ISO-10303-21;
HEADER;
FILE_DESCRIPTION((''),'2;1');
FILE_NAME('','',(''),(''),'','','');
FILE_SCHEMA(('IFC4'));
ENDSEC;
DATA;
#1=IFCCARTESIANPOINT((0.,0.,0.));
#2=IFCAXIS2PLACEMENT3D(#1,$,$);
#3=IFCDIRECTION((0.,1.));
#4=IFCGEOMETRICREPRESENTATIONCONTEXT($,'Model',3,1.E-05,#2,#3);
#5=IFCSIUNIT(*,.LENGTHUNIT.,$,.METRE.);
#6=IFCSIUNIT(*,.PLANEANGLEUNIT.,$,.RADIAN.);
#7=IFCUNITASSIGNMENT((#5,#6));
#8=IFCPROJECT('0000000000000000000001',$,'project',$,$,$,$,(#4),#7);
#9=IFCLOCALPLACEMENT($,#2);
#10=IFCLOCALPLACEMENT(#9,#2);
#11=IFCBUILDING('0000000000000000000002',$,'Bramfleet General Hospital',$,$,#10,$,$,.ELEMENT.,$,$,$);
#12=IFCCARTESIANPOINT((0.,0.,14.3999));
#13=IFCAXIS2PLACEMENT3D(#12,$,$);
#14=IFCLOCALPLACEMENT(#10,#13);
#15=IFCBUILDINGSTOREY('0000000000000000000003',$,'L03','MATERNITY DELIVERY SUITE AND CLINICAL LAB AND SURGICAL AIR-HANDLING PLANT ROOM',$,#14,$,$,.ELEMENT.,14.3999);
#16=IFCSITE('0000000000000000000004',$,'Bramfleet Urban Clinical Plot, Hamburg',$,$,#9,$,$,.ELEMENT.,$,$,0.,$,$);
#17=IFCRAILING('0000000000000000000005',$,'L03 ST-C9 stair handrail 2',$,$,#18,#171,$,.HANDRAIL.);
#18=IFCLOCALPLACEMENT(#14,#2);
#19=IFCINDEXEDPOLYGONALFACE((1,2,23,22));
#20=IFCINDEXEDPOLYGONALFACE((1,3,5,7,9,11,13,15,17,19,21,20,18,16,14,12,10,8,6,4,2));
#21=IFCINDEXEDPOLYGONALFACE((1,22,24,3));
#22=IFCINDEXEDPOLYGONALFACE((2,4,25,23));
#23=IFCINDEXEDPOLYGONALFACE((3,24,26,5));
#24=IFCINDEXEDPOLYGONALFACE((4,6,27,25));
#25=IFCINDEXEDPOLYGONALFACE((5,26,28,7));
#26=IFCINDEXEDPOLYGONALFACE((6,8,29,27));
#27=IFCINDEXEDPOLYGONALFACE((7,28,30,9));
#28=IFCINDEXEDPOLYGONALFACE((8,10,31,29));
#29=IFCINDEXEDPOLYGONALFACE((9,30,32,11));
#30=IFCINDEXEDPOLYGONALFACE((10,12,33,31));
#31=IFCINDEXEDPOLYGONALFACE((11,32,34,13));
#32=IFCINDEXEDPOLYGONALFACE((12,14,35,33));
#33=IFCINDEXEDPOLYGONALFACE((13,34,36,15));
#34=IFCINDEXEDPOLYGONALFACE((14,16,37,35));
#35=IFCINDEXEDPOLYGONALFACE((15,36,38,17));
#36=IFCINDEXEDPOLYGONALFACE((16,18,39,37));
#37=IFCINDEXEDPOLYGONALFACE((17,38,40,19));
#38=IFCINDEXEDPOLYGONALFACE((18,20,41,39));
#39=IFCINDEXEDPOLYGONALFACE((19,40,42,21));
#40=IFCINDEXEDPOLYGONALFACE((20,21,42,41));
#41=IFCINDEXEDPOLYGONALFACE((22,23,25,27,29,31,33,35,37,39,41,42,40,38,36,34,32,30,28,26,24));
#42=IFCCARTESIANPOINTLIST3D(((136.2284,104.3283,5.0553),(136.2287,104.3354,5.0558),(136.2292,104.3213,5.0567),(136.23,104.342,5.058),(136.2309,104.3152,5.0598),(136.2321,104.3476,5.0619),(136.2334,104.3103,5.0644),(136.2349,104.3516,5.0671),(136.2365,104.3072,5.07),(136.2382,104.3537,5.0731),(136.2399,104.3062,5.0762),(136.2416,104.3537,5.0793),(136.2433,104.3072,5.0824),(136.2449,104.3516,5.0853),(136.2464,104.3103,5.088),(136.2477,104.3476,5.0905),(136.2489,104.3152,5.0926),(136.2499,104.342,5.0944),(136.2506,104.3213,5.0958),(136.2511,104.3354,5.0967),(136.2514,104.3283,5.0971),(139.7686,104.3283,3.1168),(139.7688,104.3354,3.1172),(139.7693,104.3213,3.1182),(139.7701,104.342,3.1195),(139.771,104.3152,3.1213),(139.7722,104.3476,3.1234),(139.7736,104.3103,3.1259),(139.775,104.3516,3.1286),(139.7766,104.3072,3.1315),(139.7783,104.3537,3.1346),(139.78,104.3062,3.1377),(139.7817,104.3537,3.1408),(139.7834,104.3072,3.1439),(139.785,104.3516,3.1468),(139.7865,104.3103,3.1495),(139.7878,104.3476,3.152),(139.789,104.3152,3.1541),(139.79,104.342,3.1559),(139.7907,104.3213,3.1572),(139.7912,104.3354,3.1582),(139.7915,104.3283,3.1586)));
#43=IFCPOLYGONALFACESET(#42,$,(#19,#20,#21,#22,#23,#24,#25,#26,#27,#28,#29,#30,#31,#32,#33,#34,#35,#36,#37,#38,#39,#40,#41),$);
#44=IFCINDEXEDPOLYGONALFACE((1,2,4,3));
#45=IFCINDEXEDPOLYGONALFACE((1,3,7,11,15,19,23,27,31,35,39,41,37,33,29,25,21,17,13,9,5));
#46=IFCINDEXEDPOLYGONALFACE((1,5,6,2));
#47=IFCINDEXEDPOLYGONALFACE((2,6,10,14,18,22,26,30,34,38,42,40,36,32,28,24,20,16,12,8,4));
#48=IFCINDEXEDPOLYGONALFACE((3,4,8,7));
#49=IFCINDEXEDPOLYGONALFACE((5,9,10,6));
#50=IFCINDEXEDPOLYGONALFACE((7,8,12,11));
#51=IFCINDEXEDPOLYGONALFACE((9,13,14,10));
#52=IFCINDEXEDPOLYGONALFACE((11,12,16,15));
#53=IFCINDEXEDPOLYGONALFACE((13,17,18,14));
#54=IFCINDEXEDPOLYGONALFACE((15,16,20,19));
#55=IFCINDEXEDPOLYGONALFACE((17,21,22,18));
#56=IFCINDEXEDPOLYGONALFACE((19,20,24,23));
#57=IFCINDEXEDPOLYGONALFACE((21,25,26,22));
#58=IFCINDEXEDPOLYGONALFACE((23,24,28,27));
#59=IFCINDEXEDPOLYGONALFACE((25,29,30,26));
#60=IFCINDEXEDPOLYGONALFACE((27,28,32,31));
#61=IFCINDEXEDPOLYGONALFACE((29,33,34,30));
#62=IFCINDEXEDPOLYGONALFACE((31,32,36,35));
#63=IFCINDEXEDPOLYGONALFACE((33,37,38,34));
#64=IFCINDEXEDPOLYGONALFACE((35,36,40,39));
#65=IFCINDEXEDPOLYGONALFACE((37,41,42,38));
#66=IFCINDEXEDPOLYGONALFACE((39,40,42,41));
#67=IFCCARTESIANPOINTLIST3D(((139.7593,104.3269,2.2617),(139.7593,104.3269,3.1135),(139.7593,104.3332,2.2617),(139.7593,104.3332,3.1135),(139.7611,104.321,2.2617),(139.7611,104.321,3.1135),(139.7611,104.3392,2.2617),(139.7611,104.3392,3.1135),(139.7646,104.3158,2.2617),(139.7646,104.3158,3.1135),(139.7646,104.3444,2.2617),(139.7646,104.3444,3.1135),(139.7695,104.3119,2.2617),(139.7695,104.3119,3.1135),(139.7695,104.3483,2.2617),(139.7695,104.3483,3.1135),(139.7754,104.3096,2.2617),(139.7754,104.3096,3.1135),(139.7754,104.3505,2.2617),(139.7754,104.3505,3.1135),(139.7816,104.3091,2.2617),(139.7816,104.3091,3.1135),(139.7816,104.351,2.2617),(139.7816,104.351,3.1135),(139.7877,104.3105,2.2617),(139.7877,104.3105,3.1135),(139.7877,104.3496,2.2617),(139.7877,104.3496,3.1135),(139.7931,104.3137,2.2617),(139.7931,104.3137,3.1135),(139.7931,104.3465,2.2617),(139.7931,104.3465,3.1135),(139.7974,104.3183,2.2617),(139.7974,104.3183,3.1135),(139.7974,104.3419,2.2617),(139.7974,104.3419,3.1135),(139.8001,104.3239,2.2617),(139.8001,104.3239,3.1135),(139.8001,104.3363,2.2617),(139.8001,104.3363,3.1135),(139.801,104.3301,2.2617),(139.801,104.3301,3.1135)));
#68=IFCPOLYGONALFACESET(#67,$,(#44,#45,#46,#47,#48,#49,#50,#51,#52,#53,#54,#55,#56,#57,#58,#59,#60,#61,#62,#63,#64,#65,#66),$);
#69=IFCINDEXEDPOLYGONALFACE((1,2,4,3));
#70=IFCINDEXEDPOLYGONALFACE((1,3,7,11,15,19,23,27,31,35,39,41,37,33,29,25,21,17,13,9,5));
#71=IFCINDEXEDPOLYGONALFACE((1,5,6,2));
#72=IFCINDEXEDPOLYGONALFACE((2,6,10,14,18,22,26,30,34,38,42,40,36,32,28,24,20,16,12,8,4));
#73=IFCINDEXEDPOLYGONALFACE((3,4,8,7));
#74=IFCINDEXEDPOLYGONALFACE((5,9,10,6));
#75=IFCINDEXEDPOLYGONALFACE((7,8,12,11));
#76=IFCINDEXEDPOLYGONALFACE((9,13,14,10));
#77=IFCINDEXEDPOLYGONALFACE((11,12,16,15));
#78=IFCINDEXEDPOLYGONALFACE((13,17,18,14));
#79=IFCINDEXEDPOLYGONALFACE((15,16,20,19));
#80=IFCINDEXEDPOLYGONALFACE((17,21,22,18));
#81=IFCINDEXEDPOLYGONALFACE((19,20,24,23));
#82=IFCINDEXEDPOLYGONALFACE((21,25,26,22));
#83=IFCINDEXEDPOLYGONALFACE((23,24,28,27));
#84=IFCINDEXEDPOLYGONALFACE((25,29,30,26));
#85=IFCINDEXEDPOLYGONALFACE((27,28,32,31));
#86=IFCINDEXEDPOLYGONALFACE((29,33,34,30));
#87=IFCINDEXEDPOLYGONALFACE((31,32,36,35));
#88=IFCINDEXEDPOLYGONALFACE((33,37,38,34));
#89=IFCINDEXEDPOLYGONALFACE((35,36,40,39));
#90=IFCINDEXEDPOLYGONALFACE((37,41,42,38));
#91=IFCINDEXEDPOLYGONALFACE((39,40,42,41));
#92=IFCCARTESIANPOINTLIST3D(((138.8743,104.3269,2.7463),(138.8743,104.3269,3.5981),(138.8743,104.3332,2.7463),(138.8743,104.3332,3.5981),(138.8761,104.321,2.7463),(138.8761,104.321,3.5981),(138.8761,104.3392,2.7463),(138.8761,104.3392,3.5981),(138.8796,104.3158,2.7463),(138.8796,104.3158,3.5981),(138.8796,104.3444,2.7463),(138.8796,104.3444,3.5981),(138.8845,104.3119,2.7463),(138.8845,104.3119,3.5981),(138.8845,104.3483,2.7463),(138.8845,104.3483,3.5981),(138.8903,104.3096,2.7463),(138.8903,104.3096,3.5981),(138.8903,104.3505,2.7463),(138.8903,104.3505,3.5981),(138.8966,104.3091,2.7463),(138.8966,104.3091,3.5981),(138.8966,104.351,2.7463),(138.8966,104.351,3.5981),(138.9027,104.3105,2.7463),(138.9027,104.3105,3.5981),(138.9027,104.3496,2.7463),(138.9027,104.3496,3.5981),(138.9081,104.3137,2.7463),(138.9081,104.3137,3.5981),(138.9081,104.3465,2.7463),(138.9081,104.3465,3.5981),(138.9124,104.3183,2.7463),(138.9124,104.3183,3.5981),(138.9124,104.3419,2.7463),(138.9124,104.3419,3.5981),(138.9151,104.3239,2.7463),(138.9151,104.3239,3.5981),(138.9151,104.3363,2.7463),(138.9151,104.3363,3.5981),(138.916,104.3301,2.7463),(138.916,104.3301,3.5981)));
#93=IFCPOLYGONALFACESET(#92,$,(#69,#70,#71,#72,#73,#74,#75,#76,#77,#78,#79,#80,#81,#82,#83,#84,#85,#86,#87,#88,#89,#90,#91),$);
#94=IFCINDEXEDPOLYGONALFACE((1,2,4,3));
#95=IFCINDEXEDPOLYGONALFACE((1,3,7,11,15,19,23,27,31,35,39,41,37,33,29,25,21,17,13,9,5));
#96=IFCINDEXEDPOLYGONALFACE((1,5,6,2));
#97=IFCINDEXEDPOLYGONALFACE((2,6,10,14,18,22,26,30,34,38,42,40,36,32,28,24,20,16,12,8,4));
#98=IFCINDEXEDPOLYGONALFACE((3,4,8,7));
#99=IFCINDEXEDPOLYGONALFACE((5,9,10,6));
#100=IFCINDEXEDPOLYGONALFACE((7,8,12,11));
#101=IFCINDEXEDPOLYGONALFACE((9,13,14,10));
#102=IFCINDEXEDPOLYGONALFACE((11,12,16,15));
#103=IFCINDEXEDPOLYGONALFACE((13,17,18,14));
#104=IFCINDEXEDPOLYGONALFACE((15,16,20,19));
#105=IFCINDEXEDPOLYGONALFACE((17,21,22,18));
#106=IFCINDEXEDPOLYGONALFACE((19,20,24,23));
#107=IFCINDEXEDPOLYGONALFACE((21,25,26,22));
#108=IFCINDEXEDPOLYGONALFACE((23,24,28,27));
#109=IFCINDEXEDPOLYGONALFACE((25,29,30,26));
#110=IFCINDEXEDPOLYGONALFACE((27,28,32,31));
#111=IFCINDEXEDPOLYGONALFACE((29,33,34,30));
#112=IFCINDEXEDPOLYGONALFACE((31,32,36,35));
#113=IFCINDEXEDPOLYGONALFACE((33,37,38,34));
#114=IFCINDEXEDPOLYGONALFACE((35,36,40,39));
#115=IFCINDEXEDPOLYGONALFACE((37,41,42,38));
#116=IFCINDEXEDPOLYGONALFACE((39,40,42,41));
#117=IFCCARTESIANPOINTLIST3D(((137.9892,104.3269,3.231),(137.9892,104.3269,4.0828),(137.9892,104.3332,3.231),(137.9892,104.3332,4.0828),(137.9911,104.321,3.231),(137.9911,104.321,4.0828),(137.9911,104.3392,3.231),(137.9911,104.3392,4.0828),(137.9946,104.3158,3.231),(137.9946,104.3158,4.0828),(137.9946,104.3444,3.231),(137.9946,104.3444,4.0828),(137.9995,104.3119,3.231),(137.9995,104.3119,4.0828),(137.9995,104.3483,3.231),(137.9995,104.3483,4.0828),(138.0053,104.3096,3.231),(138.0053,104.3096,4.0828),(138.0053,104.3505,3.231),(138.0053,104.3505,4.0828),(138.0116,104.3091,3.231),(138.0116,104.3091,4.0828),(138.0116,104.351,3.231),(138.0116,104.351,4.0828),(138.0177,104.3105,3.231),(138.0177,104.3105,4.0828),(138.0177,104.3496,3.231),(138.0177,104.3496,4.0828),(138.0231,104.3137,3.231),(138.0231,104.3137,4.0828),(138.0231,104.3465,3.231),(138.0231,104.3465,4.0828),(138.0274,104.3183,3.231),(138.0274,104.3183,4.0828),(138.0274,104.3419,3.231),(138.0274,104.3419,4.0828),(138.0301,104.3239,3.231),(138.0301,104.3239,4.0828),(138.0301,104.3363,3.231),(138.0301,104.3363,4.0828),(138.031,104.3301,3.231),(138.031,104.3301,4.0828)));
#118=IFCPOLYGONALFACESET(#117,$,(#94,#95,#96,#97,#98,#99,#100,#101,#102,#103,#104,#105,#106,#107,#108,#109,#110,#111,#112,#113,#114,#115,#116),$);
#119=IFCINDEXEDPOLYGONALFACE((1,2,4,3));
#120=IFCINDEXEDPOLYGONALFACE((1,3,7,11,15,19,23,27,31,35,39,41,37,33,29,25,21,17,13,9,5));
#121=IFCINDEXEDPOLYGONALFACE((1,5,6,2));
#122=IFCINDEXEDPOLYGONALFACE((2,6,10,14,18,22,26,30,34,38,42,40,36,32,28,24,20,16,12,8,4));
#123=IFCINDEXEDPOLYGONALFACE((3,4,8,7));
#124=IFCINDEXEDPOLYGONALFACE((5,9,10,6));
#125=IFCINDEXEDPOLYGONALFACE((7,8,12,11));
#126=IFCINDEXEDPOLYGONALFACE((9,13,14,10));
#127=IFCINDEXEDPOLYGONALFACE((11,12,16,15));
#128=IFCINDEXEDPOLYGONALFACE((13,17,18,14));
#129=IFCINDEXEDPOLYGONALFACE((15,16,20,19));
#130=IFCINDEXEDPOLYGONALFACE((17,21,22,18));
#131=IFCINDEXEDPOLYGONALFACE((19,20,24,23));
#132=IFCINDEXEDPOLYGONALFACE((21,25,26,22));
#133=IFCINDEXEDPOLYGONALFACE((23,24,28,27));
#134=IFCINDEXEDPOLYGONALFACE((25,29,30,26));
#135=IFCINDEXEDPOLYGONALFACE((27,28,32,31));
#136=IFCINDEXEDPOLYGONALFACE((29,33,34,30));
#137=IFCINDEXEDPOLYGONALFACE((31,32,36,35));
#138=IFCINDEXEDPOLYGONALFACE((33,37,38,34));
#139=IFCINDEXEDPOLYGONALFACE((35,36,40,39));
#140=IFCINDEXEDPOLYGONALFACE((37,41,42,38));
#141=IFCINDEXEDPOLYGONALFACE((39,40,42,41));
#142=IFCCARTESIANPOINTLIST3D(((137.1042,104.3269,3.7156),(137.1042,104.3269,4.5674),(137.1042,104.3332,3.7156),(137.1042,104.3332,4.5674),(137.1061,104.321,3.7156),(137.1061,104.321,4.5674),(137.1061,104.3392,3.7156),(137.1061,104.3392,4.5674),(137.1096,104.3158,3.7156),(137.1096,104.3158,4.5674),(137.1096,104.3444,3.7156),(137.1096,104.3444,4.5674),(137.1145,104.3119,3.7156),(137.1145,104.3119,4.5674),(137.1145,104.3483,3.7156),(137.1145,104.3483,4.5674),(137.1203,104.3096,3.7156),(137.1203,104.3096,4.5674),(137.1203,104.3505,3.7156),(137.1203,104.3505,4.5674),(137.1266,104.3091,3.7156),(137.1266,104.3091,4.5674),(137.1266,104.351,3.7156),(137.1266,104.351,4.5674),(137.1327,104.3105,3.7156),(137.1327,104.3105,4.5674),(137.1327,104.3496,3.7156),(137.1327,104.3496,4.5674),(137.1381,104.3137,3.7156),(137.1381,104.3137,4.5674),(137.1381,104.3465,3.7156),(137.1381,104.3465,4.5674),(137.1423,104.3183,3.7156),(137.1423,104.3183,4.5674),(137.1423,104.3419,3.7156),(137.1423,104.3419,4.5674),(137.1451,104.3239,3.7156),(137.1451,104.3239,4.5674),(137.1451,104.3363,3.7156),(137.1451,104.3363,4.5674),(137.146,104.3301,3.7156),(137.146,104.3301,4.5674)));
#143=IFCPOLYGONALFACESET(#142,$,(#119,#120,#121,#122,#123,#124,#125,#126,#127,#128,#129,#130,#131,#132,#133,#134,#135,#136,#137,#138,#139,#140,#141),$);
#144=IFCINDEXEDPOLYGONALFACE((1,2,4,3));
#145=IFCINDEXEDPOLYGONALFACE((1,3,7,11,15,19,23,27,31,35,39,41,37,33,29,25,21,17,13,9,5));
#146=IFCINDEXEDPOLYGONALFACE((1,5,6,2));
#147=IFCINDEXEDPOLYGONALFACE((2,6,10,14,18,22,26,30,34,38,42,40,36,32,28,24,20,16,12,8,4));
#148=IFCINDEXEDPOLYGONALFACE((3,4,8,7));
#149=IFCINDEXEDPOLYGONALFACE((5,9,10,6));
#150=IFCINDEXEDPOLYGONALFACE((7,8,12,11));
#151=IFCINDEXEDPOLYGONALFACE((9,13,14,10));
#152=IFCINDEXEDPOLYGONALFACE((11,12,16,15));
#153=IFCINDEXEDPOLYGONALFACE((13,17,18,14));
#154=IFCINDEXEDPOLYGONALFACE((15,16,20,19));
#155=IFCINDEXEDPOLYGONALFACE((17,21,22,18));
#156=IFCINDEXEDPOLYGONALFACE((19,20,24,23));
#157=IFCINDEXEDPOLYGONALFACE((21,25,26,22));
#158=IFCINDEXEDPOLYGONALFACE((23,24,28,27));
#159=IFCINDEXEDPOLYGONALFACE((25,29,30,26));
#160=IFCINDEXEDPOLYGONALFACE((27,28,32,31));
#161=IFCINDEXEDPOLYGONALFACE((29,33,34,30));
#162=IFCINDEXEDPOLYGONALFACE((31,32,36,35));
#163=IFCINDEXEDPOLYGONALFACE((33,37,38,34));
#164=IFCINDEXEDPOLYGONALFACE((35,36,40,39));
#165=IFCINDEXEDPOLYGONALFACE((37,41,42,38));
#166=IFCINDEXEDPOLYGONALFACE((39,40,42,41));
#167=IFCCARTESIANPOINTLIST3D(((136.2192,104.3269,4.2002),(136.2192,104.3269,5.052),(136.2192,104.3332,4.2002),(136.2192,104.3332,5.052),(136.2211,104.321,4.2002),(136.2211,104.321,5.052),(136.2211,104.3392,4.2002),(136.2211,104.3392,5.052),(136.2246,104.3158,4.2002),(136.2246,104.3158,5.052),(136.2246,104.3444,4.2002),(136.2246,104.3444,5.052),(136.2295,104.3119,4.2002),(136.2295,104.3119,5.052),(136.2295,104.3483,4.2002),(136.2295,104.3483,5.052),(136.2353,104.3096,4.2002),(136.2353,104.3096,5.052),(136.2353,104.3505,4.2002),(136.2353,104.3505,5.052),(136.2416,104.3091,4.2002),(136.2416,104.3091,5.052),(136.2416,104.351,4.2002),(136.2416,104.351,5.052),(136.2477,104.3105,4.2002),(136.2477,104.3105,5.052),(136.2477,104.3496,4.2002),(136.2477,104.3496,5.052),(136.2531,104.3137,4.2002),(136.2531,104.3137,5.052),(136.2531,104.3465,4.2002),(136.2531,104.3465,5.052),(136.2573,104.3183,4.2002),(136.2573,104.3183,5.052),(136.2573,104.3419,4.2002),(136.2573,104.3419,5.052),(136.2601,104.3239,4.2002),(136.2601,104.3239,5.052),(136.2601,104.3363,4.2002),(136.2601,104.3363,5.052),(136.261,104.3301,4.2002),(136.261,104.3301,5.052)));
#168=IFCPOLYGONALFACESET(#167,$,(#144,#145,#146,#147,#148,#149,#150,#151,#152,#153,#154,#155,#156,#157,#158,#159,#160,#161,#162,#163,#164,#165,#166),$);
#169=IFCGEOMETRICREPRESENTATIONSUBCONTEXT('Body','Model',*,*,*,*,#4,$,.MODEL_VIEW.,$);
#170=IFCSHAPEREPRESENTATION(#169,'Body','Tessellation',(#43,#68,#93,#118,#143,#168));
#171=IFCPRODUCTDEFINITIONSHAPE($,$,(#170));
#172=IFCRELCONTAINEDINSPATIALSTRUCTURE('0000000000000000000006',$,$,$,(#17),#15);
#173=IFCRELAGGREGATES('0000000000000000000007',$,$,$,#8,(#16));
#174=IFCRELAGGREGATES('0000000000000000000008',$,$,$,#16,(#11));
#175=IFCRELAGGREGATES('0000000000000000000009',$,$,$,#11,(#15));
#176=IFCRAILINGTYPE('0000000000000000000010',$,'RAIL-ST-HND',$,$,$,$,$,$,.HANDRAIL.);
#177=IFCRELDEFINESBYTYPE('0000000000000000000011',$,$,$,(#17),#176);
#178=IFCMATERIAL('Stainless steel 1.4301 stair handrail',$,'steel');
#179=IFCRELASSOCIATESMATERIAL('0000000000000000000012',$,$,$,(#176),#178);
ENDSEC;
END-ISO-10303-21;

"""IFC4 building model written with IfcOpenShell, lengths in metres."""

from ifc_helpers import new_model, si_unit, direction, frame, origin, origin_2d, place, context, subcontext, project, spatial, circle, extrude, material, type_object, element, save


model = new_model("IFC4")

# Units and contexts
model_context = context("Model", 3, precision=1e-05, world=origin(), true_north=direction((0.0, 1.0)))
body_context = subcontext(model_context, "Body", "Model", "MODEL_VIEW")
ifc_project = project(units=[si_unit("LENGTHUNIT", "METRE"), si_unit("PLANEANGLEUNIT", "RADIAN")], contexts=[model_context])

# Site, building, storey
site_placement = place(None, origin())
site = spatial("IfcSite", under=ifc_project, at=site_placement, Name="Bramfleet Urban Clinical Plot, Hamburg", CompositionType="ELEMENT", RefElevation=0.0)
building_placement = place(site_placement, origin())
building = spatial("IfcBuilding", under=site, at=building_placement, Name="Bramfleet General Hospital", CompositionType="ELEMENT")
storey_placement = place(building_placement, frame((0.0, 0.0, 14.3999)))
storey = spatial("IfcBuildingStorey", under=building, at=storey_placement, Name="L03", Description="MATERNITY DELIVERY SUITE AND CLINICAL LAB AND SURGICAL AIR-HANDLING PLANT ROOM", CompositionType="ELEMENT", Elevation=14.3999)

# Railing
ifc_material_1 = material(Name="Stainless steel 1.4301 stair handrail", Category="steel")
railing_type_1 = type_object("IfcRailingType", Name="RAIL-ST-HND", PredefinedType="HANDRAIL", material=ifc_material_1)
railing_1_placement = place(storey_placement, frame((139.78, 104.3301, 2.2617)))
element("IfcRailing", 1, at=railing_1_placement, inside=storey, type_object=railing_type_1, Name="L03 ST-C9 stair handrail 2", PredefinedType="HANDRAIL", context=body_context, shape_type="SweptSolid", body=[
    extrude(circle(Radius=0.0239, at=origin_2d()), frame((0.0, 0.0, 0.876), z_axis=(-0.877108, 0.0, 0.480292), x_axis=(0.0, -1.0, 0.0)), (0.0, 0.0, 1.0), 4.0361),
    extrude(circle(Radius=0.021, at=origin_2d()), origin(), (0.0, 0.0, 1.0), 0.8518),
    extrude(circle(Radius=0.021, at=origin_2d()), frame((-0.885, 0.0, 0.4846)), (0.0, 0.0, 1.0), 0.8518),
    extrude(circle(Radius=0.021, at=origin_2d()), frame((-1.77, 0.0, 0.9692)), (0.0, 0.0, 1.0), 0.8518),
    extrude(circle(Radius=0.021, at=origin_2d()), frame((-2.655, 0.0, 1.4539)), (0.0, 0.0, 1.0), 0.8518),
    extrude(circle(Radius=0.021, at=origin_2d()), frame((-3.54, 0.0, 1.9385)), (0.0, 0.0, 1.0), 0.8518),
])

save(model, "model.ifc")
